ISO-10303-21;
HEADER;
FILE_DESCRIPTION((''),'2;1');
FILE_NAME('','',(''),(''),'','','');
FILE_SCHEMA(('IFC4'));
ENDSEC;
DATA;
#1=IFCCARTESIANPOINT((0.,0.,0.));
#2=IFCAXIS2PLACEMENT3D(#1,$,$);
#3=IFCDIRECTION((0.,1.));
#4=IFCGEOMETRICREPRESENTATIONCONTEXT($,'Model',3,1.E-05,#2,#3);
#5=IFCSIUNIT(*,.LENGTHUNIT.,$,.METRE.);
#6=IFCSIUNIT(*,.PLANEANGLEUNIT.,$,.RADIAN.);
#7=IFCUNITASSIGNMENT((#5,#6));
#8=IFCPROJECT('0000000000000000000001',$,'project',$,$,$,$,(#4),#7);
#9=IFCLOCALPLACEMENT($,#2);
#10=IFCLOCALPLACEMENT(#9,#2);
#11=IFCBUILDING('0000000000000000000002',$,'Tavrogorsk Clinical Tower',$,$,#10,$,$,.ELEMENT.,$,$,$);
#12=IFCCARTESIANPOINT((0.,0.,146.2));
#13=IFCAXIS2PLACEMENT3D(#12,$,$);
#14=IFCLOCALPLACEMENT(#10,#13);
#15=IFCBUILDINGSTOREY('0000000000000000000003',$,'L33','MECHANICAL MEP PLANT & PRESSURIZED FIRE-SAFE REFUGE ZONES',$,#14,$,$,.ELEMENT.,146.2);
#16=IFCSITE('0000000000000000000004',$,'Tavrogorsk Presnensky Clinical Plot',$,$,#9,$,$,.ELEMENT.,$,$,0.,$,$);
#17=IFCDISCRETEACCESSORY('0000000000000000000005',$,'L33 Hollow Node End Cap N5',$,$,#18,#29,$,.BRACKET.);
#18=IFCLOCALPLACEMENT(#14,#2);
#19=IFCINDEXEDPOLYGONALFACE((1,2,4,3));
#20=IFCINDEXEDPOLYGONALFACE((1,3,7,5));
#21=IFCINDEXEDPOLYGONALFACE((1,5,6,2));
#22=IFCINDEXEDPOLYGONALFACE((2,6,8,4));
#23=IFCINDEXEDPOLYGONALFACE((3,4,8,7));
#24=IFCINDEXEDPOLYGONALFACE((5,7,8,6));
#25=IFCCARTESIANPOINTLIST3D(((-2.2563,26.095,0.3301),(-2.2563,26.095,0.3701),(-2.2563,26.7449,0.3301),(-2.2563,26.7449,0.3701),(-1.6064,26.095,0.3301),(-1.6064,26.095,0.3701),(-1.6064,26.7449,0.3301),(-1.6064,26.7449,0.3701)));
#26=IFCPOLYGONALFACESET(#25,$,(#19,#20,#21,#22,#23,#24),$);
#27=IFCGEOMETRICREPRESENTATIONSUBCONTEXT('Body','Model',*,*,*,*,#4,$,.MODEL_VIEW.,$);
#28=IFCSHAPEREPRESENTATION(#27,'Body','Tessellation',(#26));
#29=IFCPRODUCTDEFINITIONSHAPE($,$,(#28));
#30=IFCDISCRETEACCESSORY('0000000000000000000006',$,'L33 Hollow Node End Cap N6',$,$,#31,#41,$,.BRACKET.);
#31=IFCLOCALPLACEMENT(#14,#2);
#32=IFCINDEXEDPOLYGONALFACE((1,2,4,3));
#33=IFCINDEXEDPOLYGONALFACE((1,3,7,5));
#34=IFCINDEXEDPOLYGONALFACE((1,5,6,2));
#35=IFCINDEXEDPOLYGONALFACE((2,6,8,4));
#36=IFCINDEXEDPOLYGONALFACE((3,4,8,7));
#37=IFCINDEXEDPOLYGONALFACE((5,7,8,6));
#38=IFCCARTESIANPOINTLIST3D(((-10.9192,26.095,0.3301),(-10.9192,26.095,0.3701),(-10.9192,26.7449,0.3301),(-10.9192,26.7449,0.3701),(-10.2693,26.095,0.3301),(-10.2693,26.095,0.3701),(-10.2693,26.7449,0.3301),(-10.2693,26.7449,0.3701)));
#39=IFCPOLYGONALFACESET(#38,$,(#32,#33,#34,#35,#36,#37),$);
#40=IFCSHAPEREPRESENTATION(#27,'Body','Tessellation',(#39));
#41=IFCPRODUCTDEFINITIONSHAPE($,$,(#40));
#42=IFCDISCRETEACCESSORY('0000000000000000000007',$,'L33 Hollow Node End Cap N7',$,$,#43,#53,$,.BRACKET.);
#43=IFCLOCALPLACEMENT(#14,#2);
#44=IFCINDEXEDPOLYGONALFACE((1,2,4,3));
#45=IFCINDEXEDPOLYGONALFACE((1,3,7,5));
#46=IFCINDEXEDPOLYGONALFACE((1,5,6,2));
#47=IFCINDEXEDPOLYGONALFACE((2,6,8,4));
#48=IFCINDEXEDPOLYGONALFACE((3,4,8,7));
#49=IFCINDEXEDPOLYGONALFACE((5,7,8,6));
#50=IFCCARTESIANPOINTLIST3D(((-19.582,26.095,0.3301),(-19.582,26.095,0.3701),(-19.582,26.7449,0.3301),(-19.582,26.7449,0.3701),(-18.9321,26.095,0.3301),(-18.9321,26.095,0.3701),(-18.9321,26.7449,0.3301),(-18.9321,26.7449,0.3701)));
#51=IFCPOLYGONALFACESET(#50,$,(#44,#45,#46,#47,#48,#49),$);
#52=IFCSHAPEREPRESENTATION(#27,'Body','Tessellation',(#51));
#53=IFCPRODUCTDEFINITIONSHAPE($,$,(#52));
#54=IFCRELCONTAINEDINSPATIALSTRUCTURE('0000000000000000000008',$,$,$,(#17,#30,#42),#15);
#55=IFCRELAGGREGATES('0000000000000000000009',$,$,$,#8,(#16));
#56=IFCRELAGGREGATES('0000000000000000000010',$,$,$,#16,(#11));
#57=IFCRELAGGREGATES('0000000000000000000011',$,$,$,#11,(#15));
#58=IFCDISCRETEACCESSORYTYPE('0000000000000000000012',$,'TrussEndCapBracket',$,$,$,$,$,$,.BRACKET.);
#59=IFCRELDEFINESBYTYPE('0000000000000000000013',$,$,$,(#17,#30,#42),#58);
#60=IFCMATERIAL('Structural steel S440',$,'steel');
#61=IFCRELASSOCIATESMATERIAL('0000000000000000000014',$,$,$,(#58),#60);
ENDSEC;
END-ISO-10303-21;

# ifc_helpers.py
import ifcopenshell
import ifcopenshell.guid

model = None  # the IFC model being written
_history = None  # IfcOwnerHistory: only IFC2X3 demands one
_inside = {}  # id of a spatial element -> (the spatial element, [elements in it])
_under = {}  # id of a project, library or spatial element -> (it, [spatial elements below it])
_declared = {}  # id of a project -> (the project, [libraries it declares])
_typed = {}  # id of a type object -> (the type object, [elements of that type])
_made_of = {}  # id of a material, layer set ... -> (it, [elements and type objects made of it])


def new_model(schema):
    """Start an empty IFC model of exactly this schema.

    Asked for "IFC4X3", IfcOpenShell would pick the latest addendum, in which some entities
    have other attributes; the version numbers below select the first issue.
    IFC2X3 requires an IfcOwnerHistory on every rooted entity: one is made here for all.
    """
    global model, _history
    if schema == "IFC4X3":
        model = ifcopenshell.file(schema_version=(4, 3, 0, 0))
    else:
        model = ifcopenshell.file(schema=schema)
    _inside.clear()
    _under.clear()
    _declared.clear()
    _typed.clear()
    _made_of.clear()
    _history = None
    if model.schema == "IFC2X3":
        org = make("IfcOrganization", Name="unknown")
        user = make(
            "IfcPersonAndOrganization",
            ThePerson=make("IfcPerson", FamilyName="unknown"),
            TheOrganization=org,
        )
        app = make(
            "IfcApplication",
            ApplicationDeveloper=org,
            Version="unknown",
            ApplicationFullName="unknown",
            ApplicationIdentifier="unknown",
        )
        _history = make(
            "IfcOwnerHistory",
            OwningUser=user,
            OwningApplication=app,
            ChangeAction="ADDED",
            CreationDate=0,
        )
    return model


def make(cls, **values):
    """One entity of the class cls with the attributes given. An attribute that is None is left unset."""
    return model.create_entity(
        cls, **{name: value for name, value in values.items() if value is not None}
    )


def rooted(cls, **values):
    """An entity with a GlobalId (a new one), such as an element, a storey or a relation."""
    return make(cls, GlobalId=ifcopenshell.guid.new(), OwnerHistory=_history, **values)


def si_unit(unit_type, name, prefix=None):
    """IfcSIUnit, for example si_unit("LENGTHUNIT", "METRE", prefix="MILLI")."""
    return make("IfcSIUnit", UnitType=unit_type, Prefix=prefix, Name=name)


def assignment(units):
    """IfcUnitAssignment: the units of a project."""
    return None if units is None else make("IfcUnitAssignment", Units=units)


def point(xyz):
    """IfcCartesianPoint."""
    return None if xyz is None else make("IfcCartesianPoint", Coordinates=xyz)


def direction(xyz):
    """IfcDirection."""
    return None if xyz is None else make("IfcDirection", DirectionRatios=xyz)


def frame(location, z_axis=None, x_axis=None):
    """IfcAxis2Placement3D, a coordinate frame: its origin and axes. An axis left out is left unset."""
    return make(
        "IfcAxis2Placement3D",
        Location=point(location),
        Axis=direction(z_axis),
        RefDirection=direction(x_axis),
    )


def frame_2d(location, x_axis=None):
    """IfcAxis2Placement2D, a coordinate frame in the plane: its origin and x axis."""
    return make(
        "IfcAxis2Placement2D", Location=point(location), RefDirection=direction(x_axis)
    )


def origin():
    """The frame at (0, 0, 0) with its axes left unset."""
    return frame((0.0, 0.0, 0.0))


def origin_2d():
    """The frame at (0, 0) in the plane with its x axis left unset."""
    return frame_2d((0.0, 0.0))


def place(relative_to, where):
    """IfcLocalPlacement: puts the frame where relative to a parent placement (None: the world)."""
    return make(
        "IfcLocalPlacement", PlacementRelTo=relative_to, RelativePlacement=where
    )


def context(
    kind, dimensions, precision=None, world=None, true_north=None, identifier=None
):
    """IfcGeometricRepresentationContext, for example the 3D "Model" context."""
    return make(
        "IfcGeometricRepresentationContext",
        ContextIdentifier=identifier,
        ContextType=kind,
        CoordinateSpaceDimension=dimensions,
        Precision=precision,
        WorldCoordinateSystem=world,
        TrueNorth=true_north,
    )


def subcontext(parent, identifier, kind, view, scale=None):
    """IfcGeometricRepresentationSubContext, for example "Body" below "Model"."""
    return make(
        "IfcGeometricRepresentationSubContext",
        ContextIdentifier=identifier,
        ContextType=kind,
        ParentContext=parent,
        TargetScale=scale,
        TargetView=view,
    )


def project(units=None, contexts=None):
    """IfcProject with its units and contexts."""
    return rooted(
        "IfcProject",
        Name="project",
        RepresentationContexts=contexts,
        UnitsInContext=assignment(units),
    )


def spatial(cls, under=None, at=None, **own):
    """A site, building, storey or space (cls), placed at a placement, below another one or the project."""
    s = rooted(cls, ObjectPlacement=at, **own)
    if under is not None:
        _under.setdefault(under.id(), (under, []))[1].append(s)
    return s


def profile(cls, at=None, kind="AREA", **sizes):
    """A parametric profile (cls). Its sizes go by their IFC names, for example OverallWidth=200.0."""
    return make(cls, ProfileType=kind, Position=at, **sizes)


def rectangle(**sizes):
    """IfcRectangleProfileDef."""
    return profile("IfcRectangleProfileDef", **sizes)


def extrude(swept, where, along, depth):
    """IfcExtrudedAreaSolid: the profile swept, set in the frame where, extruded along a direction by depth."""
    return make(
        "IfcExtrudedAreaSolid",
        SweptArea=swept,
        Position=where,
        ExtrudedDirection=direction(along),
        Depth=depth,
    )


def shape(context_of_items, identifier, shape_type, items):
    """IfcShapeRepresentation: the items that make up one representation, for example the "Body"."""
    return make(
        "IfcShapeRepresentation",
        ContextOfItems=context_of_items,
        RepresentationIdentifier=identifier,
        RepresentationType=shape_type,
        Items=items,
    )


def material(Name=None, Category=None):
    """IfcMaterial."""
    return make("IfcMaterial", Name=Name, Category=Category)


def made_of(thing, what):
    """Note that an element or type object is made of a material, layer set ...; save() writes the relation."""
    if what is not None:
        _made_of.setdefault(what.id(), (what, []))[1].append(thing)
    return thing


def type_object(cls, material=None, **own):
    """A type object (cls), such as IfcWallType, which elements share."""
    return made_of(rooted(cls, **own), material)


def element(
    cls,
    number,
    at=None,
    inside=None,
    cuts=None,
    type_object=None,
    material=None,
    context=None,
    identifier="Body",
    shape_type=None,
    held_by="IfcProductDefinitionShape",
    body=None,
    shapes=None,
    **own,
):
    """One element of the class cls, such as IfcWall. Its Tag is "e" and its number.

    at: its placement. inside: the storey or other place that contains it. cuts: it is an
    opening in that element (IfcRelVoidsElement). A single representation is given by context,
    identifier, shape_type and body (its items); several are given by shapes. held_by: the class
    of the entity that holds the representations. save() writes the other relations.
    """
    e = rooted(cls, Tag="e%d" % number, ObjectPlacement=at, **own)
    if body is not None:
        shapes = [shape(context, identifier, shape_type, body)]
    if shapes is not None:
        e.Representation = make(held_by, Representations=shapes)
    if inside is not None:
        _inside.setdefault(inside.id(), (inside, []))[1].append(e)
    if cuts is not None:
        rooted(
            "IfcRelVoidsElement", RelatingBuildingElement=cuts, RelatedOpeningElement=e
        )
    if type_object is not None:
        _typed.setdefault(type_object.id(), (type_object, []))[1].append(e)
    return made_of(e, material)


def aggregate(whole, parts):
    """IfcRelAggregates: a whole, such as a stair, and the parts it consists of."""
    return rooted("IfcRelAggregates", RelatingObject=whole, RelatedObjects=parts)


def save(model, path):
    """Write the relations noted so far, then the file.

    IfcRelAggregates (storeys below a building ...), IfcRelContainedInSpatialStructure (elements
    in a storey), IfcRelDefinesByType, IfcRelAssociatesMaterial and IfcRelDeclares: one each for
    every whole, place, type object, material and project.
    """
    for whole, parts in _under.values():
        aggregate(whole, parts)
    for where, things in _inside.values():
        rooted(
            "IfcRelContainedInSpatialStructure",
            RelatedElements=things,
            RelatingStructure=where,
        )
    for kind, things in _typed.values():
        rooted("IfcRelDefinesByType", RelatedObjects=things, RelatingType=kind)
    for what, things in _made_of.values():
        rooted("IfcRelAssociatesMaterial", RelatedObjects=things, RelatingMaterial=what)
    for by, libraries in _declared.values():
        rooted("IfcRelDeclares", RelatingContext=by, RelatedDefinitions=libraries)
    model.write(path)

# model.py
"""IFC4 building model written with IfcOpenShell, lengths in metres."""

from ifc_helpers import new_model, si_unit, direction, frame, origin, origin_2d, place, context, subcontext, project, spatial, rectangle, extrude, material, type_object, element, save


model = new_model("IFC4")

# Units and contexts
model_context = context("Model", 3, precision=1e-05, world=origin(), true_north=direction((0.0, 1.0)))
body_context = subcontext(model_context, "Body", "Model", "MODEL_VIEW")
ifc_project = project(units=[si_unit("LENGTHUNIT", "METRE"), si_unit("PLANEANGLEUNIT", "RADIAN")], contexts=[model_context])

# Site, building, storey
site_placement = place(None, origin())
site = spatial("IfcSite", under=ifc_project, at=site_placement, Name="Tavrogorsk Presnensky Clinical Plot", CompositionType="ELEMENT", RefElevation=0.0)
building_placement = place(site_placement, origin())
building = spatial("IfcBuilding", under=site, at=building_placement, Name="Tavrogorsk Clinical Tower", CompositionType="ELEMENT")
storey_placement = place(building_placement, frame((0.0, 0.0, 146.2)))
storey = spatial("IfcBuildingStorey", under=building, at=storey_placement, Name="L33", Description="MECHANICAL MEP PLANT & PRESSURIZED FIRE-SAFE REFUGE ZONES", CompositionType="ELEMENT", Elevation=146.2)

# Discrete accessories
ifc_material_1 = material(Name="Structural steel S440", Category="steel")
discrete_accessory_type_1 = type_object("IfcDiscreteAccessoryType", Name="TrussEndCapBracket", PredefinedType="BRACKET", material=ifc_material_1)
for number, where, z_axis, x_axis, name in (
    (1, (-1.9314, 26.4199, 0.3301), (0.0, 0.0, 1.0), (1.0, 0.0, 0.0), "L33 Hollow Node End Cap N5"),
    (2, (-10.5942, 26.4199, 0.3301), (0.0, 0.0, 1.0), (1.0, 0.0, 0.0), "L33 Hollow Node End Cap N6"),
    (3, (-19.2571, 26.4199, 0.3301), (0.0, 0.0, 1.0), (1.0, 0.0, 0.0), "L33 Hollow Node End Cap N7"),
):
    element("IfcDiscreteAccessory", number, at=place(storey_placement, frame(where, z_axis=z_axis, x_axis=x_axis)), inside=storey, type_object=discrete_accessory_type_1, Name=name, PredefinedType="BRACKET", context=body_context, shape_type="SweptSolid", body=[
        extrude(rectangle(XDim=0.6499, YDim=0.6499, at=origin_2d()), origin(), (0.0, 0.0, 1.0), 0.04),
    ])

save(model, "model.ifc")
